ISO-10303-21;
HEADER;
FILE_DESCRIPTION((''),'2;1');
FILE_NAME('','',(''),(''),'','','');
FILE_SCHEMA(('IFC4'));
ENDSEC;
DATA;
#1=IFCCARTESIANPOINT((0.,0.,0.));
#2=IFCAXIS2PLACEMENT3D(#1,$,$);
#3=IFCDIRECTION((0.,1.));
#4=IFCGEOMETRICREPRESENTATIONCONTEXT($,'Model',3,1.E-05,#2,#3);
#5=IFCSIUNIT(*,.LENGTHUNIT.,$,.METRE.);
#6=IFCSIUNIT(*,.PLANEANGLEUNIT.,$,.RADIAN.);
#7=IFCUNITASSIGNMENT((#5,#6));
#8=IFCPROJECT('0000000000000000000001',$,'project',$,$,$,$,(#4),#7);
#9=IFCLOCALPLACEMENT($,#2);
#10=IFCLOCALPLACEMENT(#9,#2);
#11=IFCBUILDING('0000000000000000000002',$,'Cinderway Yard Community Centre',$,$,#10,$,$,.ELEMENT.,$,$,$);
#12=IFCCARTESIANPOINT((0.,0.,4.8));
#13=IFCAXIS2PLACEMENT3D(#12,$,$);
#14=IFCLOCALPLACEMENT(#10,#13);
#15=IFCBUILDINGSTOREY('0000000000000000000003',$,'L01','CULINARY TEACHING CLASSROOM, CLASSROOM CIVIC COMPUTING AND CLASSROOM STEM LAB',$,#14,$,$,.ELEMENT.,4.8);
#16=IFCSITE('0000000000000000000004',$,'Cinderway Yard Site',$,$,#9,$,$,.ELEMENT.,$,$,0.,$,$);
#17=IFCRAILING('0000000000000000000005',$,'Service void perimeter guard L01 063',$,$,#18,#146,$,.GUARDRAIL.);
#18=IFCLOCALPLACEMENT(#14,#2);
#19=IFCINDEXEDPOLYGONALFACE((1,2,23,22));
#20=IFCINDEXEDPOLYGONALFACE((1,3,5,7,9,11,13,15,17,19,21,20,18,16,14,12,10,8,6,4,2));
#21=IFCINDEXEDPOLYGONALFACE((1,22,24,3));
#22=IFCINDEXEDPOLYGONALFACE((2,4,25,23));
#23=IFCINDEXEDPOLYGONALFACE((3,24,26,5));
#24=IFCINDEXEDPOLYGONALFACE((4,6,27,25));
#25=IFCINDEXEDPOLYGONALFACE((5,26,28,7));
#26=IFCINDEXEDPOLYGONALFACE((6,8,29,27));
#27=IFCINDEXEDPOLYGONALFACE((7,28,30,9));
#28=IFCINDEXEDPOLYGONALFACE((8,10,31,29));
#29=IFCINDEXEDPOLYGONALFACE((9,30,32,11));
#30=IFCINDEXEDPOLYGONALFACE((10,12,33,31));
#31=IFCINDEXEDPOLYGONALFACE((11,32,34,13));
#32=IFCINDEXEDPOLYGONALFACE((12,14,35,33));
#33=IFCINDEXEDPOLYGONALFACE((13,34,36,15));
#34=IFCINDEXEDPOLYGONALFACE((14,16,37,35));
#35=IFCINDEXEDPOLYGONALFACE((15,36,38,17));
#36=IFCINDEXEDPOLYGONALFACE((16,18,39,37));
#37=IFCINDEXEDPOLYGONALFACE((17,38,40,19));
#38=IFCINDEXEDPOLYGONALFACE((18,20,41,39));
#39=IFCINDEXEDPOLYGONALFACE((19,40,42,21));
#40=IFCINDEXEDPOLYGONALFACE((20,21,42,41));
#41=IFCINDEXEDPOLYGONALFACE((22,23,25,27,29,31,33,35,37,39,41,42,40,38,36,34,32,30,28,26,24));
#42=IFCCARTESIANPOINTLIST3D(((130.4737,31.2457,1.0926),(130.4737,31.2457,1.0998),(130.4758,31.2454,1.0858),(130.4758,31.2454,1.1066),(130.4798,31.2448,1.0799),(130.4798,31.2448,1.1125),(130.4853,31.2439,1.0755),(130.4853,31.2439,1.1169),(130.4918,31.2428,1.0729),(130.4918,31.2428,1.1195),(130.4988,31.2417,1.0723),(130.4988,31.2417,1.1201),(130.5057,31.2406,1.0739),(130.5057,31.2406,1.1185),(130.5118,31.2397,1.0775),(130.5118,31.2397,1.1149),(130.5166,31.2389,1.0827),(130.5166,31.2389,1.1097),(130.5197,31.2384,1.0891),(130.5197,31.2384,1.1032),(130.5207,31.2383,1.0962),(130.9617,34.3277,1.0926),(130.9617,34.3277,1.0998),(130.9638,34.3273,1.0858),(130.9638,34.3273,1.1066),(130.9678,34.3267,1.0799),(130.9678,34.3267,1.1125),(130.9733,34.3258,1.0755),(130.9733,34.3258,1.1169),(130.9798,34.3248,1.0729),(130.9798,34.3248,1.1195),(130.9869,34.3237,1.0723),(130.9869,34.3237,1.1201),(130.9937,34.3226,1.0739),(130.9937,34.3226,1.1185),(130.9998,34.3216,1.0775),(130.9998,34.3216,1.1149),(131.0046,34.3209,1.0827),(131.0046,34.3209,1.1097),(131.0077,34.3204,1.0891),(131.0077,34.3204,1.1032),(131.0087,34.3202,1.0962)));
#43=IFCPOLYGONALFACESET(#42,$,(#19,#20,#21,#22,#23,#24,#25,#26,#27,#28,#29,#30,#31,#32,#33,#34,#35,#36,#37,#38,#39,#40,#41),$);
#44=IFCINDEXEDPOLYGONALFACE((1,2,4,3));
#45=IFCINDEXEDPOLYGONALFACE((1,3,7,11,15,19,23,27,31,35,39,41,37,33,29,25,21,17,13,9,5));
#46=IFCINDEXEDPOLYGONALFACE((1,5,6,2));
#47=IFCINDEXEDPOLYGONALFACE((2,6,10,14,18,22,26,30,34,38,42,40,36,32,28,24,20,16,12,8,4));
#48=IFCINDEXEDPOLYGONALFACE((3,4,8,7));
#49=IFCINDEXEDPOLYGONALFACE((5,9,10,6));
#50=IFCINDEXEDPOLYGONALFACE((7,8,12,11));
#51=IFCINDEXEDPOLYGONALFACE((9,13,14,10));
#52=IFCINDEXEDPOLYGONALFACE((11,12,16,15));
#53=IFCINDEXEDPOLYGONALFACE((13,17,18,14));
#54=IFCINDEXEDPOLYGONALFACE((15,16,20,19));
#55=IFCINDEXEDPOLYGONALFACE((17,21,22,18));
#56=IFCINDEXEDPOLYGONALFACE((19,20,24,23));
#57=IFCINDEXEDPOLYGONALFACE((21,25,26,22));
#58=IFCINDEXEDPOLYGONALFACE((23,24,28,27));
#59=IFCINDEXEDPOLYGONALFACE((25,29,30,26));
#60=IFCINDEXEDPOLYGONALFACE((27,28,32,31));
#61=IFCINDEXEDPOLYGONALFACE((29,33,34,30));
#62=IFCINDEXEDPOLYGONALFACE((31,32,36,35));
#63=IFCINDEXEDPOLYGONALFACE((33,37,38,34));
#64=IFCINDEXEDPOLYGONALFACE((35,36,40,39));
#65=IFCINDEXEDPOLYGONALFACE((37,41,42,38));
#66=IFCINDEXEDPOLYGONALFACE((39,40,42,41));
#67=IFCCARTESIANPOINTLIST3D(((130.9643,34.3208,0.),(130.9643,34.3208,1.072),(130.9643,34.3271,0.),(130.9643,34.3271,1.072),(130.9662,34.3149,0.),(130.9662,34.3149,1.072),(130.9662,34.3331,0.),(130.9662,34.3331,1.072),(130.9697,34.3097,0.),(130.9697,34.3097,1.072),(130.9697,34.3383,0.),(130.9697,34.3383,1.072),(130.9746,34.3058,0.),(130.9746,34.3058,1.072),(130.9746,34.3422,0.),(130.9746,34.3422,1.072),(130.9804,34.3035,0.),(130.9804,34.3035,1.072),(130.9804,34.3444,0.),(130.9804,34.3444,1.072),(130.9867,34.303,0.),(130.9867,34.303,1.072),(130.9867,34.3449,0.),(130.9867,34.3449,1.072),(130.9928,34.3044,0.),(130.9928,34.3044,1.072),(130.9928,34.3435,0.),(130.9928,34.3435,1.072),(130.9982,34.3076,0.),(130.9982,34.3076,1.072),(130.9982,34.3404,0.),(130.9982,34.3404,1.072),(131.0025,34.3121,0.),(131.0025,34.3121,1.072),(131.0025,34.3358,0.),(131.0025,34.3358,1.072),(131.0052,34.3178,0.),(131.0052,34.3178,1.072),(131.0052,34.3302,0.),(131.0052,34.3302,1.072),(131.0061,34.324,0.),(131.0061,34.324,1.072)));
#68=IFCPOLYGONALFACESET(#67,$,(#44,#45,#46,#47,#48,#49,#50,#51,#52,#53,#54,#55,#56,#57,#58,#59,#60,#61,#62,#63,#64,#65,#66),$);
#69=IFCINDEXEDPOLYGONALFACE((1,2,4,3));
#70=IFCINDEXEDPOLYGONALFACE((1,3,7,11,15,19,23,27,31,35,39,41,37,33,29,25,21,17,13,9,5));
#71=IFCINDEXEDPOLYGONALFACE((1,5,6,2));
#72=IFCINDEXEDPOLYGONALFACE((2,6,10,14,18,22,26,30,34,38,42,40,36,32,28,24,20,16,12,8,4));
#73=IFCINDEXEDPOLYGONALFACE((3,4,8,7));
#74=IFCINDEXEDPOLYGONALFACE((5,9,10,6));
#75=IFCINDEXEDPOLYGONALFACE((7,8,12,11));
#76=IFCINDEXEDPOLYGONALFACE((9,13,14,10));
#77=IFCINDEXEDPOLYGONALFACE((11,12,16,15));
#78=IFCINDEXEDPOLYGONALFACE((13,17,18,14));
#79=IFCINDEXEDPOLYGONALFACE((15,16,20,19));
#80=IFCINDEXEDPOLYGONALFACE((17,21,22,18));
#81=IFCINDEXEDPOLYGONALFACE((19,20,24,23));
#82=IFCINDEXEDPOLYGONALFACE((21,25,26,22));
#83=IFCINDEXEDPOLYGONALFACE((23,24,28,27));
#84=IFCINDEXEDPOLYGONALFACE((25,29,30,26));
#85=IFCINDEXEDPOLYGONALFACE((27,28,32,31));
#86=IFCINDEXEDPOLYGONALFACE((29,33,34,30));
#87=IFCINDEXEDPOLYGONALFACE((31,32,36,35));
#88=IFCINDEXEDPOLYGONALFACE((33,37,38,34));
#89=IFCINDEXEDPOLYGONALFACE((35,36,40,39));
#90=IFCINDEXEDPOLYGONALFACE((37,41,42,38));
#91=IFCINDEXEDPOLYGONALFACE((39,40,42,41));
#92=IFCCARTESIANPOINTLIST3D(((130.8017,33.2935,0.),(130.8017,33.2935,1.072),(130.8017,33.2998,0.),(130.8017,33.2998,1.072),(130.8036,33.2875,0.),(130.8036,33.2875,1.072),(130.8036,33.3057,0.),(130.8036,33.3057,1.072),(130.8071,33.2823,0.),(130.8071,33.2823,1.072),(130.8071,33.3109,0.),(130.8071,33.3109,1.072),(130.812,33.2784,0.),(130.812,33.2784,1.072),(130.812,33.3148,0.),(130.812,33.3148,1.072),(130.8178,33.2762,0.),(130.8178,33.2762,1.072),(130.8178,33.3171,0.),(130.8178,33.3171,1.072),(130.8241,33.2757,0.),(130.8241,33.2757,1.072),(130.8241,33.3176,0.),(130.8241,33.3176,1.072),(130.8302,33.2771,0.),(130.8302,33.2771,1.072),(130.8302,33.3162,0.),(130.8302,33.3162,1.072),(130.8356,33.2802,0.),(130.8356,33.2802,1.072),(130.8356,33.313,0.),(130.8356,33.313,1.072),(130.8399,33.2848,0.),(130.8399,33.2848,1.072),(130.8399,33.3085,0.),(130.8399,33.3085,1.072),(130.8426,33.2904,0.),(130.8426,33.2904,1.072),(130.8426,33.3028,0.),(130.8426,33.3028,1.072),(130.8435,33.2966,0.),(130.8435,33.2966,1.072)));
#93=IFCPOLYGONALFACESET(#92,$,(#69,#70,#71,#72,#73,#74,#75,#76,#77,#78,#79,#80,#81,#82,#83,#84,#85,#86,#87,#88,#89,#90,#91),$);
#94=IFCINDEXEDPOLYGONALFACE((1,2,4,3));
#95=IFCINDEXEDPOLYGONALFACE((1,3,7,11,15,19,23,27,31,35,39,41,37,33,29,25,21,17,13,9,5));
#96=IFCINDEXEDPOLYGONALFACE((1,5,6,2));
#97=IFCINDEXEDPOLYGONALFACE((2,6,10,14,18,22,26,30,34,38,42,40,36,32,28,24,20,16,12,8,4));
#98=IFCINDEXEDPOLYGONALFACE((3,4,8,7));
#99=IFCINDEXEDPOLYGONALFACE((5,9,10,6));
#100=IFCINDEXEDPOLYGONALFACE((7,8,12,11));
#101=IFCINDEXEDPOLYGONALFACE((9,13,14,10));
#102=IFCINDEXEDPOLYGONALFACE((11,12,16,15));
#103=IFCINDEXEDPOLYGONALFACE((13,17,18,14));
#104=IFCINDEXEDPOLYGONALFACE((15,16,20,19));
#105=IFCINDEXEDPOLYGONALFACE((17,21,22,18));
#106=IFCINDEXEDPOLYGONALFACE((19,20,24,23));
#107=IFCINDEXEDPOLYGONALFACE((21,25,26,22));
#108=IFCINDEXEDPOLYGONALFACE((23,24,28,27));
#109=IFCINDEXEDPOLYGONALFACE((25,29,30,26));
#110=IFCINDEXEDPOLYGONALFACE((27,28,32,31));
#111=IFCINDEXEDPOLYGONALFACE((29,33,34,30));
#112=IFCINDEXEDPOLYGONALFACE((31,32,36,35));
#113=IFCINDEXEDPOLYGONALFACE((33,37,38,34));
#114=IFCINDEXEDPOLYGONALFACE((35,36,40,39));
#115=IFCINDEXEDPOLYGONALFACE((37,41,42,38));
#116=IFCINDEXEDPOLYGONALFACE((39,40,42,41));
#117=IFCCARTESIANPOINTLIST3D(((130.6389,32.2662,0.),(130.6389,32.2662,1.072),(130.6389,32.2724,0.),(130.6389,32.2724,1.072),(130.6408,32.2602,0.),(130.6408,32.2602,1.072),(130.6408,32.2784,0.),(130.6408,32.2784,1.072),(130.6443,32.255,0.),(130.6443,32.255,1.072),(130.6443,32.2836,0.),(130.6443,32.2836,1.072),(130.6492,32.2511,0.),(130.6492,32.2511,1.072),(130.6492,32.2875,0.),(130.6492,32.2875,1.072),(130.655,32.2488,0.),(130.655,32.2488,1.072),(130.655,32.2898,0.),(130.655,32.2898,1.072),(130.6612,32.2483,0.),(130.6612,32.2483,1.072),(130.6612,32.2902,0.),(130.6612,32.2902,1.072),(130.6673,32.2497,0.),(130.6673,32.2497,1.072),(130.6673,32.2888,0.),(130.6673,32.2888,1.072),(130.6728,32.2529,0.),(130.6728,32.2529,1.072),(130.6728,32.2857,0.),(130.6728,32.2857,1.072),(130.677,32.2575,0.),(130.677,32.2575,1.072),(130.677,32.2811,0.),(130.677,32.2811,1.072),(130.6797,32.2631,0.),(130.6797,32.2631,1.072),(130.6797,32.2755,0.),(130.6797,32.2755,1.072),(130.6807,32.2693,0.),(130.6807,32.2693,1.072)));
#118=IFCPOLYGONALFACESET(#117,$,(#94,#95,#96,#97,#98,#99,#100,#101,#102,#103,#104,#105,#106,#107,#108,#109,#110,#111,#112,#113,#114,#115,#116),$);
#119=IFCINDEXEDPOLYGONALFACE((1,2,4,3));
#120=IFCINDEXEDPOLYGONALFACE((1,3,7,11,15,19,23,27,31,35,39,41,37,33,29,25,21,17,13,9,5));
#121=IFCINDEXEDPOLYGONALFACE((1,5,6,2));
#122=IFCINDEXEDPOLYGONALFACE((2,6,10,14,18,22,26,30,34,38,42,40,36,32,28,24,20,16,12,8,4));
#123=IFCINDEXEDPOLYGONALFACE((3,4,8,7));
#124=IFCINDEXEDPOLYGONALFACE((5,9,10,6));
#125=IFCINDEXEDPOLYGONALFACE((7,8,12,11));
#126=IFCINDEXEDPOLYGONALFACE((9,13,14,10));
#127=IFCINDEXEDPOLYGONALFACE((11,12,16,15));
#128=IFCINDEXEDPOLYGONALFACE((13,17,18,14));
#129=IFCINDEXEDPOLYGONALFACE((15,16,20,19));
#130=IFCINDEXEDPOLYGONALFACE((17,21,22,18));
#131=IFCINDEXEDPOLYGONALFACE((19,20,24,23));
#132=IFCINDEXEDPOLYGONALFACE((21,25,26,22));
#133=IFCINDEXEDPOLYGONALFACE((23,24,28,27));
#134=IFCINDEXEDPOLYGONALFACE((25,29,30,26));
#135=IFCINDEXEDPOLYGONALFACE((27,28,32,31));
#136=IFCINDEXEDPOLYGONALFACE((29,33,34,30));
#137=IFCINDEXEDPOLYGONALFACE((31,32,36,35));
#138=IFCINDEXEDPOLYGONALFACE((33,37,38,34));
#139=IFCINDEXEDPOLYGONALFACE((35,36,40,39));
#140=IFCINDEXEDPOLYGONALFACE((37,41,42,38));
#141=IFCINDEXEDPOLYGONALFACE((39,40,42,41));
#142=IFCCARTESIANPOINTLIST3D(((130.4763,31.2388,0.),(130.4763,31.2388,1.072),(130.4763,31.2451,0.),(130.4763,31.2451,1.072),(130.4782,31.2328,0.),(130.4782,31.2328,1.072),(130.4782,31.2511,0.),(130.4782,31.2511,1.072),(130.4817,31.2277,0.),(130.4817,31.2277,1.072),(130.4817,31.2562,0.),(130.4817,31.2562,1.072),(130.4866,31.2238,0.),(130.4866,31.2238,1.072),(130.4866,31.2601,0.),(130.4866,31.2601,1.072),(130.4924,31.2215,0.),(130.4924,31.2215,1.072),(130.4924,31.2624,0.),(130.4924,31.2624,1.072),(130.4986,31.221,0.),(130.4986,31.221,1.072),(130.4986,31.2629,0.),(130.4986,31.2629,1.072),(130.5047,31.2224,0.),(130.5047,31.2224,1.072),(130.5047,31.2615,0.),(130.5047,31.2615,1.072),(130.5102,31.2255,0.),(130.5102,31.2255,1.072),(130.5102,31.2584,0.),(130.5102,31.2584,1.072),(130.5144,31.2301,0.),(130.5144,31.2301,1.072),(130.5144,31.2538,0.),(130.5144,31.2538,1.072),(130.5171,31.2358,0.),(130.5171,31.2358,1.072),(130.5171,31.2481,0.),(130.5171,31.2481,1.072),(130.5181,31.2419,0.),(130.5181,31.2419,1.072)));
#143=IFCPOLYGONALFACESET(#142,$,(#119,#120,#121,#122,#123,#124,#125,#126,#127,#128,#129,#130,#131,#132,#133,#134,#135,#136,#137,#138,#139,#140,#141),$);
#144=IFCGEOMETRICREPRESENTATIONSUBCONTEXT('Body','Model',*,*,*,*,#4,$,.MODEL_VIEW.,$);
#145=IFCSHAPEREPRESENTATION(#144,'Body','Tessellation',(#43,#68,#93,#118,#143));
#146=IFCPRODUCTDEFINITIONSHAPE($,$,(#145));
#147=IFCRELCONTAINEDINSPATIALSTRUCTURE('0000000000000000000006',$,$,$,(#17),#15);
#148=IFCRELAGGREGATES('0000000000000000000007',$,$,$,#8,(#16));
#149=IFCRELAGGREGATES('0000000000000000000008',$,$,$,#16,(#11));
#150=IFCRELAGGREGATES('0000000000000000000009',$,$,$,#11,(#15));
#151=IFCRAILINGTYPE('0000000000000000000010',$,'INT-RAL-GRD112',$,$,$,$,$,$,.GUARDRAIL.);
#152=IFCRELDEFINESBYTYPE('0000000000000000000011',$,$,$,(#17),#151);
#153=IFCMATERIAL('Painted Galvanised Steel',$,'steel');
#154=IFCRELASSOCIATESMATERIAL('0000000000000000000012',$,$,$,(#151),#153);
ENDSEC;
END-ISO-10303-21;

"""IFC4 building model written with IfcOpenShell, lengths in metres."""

from ifc_helpers import new_model, si_unit, direction, frame, origin, origin_2d, place, context, subcontext, project, spatial, circle, extrude, material, type_object, element, save


model = new_model("IFC4")

# Units and contexts
model_context = context("Model", 3, precision=1e-05, world=origin(), true_north=direction((0.0, 1.0)))
body_context = subcontext(model_context, "Body", "Model", "MODEL_VIEW")
ifc_project = project(units=[si_unit("LENGTHUNIT", "METRE"), si_unit("PLANEANGLEUNIT", "RADIAN")], contexts=[model_context])

# Site, building, storey
site_placement = place(None, origin())
site = spatial("IfcSite", under=ifc_project, at=site_placement, Name="Cinderway Yard Site", CompositionType="ELEMENT", RefElevation=0.0)
building_placement = place(site_placement, origin())
building = spatial("IfcBuilding", under=site, at=building_placement, Name="Cinderway Yard Community Centre", CompositionType="ELEMENT")
storey_placement = place(building_placement, frame((0.0, 0.0, 4.8)))
storey = spatial("IfcBuildingStorey", under=building, at=storey_placement, Name="L01", Description="CULINARY TEACHING CLASSROOM, CLASSROOM CIVIC COMPUTING AND CLASSROOM STEM LAB", CompositionType="ELEMENT", Elevation=4.8)

# Shared definitions
ifc_material_1 = material(Name="Painted Galvanised Steel", Category="steel")

# Railing
railing_type_1 = type_object("IfcRailingType", Name="INT-RAL-GRD112", PredefinedType="GUARDRAIL", material=ifc_material_1)
railing_1_placement = place(storey_placement, frame((130.9851, 34.324, 0.0)))
element("IfcRailing", 1, at=railing_1_placement, inside=storey, type_object=railing_type_1, Name="Service void perimeter guard L01 063", PredefinedType="GUARDRAIL", context=body_context, shape_type="SweptSolid", body=[
    extrude(circle(Radius=0.0239, at=origin_2d()), frame((0.0, 0.0, 1.0962), z_axis=(-0.1564, -0.987694, 0.0), x_axis=(0.987694, -0.1564, 0.0)), (0.0, 0.0, 1.0), 3.1204),
    extrude(circle(Radius=0.021, at=origin_2d()), origin(), (0.0, 0.0, 1.0), 1.072),
    extrude(circle(Radius=0.021, at=origin_2d()), frame((-0.1626, -1.0273, 0.0)), (0.0, 0.0, 1.0), 1.072),
    extrude(circle(Radius=0.021, at=origin_2d()), frame((-0.3254, -2.0547, 0.0)), (0.0, 0.0, 1.0), 1.072),
    extrude(circle(Radius=0.021, at=origin_2d()), frame((-0.488, -3.082, 0.0)), (0.0, 0.0, 1.0), 1.072),
])

save(model, "model.ifc")
